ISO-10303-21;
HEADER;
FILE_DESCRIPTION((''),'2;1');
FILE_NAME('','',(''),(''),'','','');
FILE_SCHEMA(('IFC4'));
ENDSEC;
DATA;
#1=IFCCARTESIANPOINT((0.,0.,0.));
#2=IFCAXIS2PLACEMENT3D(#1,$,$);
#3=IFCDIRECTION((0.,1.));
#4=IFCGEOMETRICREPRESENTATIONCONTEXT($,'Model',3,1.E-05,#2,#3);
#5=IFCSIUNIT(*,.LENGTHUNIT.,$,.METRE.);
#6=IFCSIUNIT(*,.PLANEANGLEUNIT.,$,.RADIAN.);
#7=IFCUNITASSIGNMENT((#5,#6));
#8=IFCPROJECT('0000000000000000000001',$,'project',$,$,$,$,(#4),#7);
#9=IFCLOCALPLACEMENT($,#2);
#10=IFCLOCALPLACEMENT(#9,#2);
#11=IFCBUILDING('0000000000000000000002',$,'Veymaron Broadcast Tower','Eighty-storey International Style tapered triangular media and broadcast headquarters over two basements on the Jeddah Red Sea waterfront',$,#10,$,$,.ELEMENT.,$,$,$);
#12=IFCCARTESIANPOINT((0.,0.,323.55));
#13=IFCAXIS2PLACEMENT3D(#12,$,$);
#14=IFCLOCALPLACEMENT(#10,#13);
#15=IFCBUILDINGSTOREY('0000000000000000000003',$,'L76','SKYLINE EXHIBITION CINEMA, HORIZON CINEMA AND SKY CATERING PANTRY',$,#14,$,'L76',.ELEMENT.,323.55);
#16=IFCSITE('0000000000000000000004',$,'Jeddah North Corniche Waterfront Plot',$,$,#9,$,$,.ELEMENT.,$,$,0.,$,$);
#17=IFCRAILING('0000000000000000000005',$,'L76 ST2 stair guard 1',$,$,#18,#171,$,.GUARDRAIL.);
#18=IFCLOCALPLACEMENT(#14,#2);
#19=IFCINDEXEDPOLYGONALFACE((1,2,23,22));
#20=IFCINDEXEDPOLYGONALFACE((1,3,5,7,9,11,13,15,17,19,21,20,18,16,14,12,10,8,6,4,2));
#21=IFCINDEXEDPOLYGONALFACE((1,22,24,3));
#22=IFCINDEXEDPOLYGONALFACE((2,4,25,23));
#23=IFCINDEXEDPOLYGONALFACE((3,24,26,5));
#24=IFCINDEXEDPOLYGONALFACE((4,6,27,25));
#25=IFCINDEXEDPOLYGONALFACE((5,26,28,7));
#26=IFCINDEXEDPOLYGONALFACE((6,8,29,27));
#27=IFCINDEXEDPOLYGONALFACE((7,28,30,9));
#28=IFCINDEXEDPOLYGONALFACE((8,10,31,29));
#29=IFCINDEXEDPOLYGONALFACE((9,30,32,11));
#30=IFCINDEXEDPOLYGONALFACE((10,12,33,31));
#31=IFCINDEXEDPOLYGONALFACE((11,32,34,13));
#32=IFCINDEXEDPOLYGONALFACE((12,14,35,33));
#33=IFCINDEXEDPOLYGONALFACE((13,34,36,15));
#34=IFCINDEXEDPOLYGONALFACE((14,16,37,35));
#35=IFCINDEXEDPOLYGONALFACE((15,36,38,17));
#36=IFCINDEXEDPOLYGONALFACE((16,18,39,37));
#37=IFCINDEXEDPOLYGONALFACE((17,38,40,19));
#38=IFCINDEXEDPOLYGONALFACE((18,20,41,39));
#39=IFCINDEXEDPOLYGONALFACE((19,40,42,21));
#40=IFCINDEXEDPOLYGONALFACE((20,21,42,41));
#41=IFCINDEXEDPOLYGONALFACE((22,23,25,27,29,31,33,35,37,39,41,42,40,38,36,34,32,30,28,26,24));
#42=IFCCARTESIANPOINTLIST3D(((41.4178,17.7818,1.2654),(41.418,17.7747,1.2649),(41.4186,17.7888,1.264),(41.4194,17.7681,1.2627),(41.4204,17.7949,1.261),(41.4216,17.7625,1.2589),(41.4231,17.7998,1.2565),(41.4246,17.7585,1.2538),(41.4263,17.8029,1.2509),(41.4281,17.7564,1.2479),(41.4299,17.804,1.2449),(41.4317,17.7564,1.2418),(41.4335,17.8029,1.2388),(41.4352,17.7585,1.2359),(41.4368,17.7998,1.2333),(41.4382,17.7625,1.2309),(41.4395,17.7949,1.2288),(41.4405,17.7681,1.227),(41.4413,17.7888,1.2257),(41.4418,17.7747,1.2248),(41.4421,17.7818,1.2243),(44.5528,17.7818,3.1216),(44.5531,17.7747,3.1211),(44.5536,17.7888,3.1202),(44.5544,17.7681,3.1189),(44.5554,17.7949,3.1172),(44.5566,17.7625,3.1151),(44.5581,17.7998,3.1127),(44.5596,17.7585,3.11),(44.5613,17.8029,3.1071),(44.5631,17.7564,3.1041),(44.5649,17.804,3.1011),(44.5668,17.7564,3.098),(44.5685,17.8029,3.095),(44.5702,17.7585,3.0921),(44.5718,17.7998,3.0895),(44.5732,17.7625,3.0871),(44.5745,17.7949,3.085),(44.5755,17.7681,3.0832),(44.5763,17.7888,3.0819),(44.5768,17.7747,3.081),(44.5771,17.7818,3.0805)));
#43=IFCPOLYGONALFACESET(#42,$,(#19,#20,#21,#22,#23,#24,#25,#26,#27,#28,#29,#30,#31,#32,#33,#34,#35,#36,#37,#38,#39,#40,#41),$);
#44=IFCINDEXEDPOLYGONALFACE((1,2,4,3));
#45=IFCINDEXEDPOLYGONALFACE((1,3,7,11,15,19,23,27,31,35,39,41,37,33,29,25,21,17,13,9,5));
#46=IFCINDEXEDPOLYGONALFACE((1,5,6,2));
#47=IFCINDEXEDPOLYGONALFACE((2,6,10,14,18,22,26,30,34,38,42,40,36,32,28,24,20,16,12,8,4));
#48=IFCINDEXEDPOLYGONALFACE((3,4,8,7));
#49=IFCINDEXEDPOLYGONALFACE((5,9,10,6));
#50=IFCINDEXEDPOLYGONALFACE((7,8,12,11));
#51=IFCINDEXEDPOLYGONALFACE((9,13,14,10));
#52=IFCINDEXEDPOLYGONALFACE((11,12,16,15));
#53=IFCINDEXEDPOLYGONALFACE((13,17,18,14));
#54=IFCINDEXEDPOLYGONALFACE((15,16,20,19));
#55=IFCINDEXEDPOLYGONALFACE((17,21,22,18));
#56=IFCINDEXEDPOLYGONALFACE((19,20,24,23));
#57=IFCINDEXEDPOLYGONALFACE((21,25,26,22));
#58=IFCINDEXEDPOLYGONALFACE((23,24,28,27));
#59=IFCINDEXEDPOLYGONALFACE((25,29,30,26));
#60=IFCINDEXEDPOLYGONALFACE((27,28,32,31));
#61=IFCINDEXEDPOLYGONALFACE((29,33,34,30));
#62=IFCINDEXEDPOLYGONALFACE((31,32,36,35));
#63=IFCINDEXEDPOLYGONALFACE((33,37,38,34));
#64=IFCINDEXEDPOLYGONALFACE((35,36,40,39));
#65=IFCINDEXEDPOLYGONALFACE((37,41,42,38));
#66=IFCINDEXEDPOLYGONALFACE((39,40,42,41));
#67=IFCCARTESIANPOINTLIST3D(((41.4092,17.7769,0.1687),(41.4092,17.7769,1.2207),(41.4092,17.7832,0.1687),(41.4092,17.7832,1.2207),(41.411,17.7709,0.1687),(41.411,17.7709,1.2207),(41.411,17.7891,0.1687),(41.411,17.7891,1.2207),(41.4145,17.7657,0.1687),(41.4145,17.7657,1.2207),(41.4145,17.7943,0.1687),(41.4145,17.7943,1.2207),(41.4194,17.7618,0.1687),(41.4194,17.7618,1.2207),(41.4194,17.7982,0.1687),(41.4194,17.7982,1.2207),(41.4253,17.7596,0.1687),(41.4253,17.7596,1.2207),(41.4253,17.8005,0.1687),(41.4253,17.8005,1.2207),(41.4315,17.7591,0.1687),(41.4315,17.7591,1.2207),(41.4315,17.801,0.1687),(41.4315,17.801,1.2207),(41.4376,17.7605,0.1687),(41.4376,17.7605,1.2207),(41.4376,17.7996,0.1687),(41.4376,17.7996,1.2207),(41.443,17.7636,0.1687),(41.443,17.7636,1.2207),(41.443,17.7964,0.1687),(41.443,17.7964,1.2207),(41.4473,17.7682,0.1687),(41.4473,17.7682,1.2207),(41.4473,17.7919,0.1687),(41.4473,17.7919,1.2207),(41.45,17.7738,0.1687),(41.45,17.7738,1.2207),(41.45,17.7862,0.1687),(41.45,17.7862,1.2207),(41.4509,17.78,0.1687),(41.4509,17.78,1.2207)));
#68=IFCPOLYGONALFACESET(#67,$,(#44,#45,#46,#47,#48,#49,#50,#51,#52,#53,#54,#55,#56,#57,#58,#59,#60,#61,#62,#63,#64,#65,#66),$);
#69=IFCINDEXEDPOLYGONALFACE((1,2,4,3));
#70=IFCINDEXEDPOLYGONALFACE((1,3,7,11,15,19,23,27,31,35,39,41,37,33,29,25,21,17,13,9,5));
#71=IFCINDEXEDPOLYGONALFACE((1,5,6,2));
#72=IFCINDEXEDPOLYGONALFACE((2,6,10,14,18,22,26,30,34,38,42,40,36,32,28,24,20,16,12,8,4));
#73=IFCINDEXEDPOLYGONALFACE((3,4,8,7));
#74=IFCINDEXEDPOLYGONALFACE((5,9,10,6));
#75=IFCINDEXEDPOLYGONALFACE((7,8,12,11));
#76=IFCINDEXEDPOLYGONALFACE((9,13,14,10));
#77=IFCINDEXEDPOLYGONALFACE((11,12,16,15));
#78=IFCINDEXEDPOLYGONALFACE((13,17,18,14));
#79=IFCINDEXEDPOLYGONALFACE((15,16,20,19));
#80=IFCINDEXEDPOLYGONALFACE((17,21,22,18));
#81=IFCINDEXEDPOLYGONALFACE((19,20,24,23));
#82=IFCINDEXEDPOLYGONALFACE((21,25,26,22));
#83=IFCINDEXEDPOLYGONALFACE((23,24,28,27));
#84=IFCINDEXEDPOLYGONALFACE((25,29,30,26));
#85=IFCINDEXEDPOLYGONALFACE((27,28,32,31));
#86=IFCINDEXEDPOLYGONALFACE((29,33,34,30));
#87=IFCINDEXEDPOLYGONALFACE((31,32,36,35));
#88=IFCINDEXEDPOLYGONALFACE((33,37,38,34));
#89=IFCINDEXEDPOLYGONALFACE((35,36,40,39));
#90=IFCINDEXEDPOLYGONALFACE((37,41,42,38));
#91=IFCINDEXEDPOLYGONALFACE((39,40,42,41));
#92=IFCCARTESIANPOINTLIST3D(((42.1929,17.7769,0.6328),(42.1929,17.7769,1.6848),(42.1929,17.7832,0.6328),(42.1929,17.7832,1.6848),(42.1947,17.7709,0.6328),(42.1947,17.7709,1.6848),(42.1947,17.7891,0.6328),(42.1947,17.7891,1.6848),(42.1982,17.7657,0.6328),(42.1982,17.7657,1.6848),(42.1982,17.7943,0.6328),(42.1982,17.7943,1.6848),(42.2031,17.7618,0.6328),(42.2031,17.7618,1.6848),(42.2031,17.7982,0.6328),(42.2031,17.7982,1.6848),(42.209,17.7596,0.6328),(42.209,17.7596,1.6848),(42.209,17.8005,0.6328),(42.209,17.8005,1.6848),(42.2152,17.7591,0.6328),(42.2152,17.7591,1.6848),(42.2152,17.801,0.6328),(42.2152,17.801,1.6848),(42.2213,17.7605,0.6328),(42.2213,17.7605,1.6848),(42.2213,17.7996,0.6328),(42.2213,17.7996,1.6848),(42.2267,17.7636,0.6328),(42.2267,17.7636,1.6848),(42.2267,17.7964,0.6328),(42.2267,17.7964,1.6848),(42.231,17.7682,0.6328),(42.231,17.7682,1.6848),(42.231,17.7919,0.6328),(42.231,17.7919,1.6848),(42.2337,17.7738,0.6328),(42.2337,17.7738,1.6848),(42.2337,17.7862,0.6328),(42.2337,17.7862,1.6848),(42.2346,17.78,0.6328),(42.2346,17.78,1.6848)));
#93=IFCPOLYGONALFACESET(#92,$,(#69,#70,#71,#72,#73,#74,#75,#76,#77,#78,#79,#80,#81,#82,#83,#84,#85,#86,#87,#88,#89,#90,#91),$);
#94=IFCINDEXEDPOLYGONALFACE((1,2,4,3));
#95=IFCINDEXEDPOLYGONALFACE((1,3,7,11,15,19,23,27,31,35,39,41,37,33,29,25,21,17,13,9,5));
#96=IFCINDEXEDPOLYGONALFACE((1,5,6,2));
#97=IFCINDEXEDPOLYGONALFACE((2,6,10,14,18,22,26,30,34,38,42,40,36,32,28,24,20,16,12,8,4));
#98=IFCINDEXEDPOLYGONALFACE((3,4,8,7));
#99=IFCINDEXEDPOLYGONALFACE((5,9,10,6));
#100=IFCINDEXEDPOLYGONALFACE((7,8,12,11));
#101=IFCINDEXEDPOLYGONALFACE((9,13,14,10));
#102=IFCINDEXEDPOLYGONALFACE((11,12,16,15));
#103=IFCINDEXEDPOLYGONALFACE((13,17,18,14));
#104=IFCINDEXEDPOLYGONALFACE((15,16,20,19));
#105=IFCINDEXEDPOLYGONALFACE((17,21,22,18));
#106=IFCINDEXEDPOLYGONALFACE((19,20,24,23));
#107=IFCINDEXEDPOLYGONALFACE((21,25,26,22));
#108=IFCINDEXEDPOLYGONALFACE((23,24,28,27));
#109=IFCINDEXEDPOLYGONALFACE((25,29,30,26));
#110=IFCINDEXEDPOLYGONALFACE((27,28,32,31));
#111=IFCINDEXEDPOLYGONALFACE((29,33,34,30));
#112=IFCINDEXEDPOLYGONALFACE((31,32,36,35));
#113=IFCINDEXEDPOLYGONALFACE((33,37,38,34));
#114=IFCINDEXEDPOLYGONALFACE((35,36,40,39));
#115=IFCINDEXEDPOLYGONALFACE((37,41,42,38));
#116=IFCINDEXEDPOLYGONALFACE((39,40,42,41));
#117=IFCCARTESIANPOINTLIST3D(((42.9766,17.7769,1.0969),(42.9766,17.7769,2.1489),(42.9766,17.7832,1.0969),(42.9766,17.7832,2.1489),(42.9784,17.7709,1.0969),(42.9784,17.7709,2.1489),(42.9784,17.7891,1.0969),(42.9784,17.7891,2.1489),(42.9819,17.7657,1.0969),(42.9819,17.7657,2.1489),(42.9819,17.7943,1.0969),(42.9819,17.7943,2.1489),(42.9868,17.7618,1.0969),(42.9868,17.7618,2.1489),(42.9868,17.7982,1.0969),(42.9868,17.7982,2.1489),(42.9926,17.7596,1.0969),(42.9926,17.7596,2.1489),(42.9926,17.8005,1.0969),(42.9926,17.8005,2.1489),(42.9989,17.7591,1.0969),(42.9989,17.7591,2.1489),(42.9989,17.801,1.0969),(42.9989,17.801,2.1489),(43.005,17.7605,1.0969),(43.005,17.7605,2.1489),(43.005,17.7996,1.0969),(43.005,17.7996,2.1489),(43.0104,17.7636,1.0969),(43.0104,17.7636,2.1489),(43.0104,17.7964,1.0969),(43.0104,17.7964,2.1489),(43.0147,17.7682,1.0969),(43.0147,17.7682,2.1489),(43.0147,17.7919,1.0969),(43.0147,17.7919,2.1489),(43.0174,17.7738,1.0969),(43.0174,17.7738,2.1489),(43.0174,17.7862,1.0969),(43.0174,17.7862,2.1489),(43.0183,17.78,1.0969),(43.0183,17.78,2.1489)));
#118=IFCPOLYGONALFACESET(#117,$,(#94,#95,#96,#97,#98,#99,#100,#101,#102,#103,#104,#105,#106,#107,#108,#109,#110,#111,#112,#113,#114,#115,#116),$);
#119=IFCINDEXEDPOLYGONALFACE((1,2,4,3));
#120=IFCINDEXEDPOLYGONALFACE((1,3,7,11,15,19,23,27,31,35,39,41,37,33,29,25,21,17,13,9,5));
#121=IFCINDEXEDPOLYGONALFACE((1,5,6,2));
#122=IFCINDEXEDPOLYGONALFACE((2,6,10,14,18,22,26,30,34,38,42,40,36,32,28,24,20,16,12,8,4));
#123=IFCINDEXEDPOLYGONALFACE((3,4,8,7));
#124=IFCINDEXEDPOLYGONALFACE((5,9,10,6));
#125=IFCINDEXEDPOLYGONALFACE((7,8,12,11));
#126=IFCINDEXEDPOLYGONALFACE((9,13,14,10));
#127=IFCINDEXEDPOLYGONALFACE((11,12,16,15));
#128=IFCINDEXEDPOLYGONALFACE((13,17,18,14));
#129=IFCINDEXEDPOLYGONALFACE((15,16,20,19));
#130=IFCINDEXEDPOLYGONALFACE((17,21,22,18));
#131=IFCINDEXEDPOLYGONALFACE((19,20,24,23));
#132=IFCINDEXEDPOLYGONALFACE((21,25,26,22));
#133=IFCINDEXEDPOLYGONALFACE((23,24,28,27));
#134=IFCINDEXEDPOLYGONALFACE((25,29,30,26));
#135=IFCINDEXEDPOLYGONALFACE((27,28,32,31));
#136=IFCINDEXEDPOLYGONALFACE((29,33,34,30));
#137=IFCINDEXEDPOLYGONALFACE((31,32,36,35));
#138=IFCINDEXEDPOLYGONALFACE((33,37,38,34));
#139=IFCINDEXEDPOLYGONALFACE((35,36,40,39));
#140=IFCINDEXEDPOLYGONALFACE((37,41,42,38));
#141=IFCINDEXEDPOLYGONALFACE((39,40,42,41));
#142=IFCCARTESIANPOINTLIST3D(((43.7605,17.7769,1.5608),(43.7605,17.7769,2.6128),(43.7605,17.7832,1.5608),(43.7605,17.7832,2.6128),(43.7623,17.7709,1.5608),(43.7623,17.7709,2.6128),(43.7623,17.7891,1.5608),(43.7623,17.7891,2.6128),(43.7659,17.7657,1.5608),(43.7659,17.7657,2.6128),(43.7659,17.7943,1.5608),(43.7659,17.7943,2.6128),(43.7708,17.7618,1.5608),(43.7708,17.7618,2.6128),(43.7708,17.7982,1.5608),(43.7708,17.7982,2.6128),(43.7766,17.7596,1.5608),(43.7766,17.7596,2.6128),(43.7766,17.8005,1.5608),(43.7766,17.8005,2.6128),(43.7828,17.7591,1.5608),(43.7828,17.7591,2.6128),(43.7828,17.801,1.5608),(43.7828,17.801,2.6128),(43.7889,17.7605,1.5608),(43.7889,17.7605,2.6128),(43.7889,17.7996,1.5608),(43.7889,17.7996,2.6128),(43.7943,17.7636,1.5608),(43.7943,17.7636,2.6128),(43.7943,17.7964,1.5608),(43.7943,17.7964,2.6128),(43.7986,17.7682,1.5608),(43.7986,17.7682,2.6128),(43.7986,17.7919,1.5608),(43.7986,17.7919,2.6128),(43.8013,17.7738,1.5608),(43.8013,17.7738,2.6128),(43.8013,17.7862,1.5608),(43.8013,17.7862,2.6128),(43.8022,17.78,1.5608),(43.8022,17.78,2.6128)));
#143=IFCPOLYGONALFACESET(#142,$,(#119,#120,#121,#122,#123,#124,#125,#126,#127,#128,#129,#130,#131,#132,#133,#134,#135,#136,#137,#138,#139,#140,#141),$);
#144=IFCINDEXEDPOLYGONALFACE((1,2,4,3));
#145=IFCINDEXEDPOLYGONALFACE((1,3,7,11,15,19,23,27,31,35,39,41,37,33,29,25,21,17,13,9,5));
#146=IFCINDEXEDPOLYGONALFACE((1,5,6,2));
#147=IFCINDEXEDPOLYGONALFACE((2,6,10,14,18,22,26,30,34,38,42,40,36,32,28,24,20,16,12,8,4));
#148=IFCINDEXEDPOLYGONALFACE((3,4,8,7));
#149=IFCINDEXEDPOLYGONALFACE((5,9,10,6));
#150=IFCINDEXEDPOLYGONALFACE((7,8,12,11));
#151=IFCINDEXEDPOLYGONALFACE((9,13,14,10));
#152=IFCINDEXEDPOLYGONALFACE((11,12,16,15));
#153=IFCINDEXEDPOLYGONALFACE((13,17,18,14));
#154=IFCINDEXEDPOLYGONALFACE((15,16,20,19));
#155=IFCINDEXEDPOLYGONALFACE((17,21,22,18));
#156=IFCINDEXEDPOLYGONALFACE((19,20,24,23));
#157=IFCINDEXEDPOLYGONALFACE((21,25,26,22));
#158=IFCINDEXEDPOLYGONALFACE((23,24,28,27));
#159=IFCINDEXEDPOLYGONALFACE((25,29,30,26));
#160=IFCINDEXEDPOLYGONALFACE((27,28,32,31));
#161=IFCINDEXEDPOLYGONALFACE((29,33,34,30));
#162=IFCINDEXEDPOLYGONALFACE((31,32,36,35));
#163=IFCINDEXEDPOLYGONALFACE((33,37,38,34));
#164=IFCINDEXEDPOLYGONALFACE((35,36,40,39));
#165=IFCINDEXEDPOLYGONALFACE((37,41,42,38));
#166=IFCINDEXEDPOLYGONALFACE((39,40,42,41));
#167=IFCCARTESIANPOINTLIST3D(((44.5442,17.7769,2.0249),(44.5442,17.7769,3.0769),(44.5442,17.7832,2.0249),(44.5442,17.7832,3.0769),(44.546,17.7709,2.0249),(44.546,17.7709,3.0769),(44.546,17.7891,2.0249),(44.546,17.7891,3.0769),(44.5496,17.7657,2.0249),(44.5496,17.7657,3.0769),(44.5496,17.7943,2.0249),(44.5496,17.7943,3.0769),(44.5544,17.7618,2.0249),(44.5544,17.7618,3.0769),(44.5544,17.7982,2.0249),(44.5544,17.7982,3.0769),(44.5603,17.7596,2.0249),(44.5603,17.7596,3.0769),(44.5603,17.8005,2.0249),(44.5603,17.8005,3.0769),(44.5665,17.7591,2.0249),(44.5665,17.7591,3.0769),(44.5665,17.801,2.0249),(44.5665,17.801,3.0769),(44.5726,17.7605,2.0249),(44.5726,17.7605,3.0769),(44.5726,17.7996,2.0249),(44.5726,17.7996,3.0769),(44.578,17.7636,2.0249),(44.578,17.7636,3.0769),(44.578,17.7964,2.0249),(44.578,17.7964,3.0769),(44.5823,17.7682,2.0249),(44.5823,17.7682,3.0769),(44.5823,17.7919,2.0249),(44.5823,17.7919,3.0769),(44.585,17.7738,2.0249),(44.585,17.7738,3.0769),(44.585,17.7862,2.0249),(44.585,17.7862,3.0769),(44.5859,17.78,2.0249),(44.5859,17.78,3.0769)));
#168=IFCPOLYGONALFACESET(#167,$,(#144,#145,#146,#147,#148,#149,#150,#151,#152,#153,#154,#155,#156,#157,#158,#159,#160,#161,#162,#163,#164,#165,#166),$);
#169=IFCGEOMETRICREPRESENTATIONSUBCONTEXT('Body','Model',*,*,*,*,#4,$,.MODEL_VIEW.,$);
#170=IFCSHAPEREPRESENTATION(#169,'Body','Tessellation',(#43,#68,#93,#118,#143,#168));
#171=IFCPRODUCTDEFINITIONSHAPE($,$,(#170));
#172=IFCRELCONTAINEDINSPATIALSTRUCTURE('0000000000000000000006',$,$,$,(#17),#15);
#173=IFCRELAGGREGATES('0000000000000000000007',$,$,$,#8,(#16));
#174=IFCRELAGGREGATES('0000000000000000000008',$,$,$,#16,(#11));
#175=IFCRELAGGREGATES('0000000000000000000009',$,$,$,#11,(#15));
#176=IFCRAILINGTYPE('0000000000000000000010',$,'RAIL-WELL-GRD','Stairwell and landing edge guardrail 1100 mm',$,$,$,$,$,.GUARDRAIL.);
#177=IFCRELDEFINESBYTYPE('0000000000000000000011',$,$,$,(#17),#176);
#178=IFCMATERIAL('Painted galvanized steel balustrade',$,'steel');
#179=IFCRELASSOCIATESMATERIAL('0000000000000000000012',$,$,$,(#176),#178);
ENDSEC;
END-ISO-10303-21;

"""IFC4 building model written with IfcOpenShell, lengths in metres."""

from ifc_helpers import new_model, si_unit, direction, frame, origin, origin_2d, place, context, subcontext, project, spatial, circle, extrude, material, type_object, element, save


model = new_model("IFC4")

# Units and contexts
model_context = context("Model", 3, precision=1e-05, world=origin(), true_north=direction((0.0, 1.0)))
body_context = subcontext(model_context, "Body", "Model", "MODEL_VIEW")
ifc_project = project(units=[si_unit("LENGTHUNIT", "METRE"), si_unit("PLANEANGLEUNIT", "RADIAN")], contexts=[model_context])

# Site, building, storey
site_placement = place(None, origin())
site = spatial("IfcSite", under=ifc_project, at=site_placement, Name="Jeddah North Corniche Waterfront Plot", CompositionType="ELEMENT", RefElevation=0.0)
building_placement = place(site_placement, origin())
building = spatial("IfcBuilding", under=site, at=building_placement, Name="Veymaron Broadcast Tower", Description="Eighty-storey International Style tapered triangular media and broadcast headquarters over two basements on the Jeddah Red Sea waterfront", CompositionType="ELEMENT")
storey_placement = place(building_placement, frame((0.0, 0.0, 323.55)))
storey = spatial("IfcBuildingStorey", under=building, at=storey_placement, Name="L76", Description="SKYLINE EXHIBITION CINEMA, HORIZON CINEMA AND SKY CATERING PANTRY", LongName="L76", CompositionType="ELEMENT", Elevation=323.55)

# Railing
ifc_material_1 = material(Name="Painted galvanized steel balustrade", Category="steel")
railing_type_1 = type_object("IfcRailingType", Name="RAIL-WELL-GRD", Description="Stairwell and landing edge guardrail 1100 mm", PredefinedType="GUARDRAIL", material=ifc_material_1)
railing_1_placement = place(storey_placement, frame((41.4299, 17.78, 0.1687)))
element("IfcRailing", 1, at=railing_1_placement, inside=storey, type_object=railing_type_1, Name="L76 ST2 stair guard 1", PredefinedType="GUARDRAIL", context=body_context, shape_type="SweptSolid", body=[
    extrude(circle(Radius=0.0239, at=origin_2d()), frame((0.0, 0.0, 1.0762), z_axis=(0.860482, 0.0, 0.509481), x_axis=(0.0, 1.0, 0.0)), (0.0, 0.0, 1.0), 3.6433),
    extrude(circle(Radius=0.021, at=origin_2d()), origin(), (0.0, 0.0, 1.0), 1.052),
    extrude(circle(Radius=0.021, at=origin_2d()), frame((0.7837, 0.0, 0.4641)), (0.0, 0.0, 1.0), 1.052),
    extrude(circle(Radius=0.021, at=origin_2d()), frame((1.5674, 0.0, 0.9282)), (0.0, 0.0, 1.0), 1.052),
    extrude(circle(Radius=0.021, at=origin_2d()), frame((2.3513, 0.0, 1.3921)), (0.0, 0.0, 1.0), 1.052),
    extrude(circle(Radius=0.021, at=origin_2d()), frame((3.135, 0.0, 1.8562)), (0.0, 0.0, 1.0), 1.052),
])

save(model, "model.ifc")
